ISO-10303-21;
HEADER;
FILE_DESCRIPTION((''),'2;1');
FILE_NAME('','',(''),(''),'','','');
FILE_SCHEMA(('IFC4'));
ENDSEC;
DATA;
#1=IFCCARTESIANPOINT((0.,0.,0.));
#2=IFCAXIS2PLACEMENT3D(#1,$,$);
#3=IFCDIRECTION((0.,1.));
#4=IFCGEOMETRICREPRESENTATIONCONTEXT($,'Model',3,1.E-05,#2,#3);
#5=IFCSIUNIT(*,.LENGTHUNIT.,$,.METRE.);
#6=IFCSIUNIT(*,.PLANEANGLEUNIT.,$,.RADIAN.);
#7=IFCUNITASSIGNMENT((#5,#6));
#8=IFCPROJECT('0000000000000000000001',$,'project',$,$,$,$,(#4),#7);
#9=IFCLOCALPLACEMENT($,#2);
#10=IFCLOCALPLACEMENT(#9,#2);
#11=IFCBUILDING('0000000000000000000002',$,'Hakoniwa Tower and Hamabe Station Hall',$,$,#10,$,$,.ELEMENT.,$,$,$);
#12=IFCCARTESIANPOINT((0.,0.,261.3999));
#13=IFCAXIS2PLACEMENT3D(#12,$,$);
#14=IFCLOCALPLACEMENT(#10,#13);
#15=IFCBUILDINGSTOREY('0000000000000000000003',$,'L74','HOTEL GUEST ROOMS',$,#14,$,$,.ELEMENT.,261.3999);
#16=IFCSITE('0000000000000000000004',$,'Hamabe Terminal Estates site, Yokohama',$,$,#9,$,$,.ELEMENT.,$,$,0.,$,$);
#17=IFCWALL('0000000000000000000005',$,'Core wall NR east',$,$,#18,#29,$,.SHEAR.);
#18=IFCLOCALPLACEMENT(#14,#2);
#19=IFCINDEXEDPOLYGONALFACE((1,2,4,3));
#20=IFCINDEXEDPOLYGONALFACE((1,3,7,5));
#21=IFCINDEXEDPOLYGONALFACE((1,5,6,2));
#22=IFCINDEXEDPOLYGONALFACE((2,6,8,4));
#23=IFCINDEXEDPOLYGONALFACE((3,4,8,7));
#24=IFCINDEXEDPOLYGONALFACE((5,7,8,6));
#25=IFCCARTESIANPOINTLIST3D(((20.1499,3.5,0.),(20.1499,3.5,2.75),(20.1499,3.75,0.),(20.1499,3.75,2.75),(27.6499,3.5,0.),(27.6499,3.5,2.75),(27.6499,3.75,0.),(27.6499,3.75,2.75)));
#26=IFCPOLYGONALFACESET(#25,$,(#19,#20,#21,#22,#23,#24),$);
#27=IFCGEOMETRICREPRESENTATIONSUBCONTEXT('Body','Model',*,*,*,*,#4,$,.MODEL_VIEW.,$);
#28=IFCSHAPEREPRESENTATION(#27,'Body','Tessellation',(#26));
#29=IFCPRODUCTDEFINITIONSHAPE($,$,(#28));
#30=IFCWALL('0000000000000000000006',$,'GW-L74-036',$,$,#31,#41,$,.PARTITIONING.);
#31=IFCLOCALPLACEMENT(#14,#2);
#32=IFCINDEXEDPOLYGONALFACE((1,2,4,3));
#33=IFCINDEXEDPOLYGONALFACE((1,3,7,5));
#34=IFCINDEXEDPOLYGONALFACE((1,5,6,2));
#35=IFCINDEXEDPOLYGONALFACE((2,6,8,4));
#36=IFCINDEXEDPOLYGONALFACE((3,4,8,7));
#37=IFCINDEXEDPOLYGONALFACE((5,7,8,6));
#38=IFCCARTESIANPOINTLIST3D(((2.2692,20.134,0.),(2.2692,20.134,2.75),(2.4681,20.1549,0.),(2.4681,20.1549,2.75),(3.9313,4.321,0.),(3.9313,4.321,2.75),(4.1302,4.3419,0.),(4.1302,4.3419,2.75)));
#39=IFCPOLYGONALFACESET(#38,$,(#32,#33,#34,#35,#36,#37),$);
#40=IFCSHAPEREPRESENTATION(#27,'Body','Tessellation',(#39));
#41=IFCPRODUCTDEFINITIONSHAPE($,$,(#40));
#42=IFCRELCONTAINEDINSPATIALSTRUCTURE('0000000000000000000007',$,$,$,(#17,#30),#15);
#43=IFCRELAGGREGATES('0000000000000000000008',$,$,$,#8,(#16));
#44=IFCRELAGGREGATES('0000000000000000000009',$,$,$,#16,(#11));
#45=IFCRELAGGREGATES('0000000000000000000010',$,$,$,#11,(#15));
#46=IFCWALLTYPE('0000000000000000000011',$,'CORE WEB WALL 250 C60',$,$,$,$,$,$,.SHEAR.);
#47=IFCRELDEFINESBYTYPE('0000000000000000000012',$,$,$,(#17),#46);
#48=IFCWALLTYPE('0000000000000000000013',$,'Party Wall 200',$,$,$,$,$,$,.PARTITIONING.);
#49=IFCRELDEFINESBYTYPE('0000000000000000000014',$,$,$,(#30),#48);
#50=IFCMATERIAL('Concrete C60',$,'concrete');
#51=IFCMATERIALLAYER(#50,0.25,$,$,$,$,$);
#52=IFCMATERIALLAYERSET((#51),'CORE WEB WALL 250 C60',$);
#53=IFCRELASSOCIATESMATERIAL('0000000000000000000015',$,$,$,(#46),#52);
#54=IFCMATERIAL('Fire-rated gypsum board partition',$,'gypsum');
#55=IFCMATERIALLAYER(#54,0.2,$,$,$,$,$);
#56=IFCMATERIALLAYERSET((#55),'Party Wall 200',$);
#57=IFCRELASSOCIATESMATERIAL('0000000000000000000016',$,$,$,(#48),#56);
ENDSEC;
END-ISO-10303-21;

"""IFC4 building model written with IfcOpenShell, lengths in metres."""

from ifc_helpers import new_model, si_unit, direction, frame, frame_2d, origin, place, context, subcontext, project, spatial, rectangle, extrude, material, layer, layer_set, type_object, element, save


model = new_model("IFC4")

# Units and contexts
model_context = context("Model", 3, precision=1e-05, world=origin(), true_north=direction((0.0, 1.0)))
body_context = subcontext(model_context, "Body", "Model", "MODEL_VIEW")
ifc_project = project(units=[si_unit("LENGTHUNIT", "METRE"), si_unit("PLANEANGLEUNIT", "RADIAN")], contexts=[model_context])

# Site, building, storey
site_placement = place(None, origin())
site = spatial("IfcSite", under=ifc_project, at=site_placement, Name="Hamabe Terminal Estates site, Yokohama", CompositionType="ELEMENT", RefElevation=0.0)
building_placement = place(site_placement, origin())
building = spatial("IfcBuilding", under=site, at=building_placement, Name="Hakoniwa Tower and Hamabe Station Hall", CompositionType="ELEMENT")
storey_placement = place(building_placement, frame((0.0, 0.0, 261.3999)))
storey = spatial("IfcBuildingStorey", under=building, at=storey_placement, Name="L74", Description="HOTEL GUEST ROOMS", CompositionType="ELEMENT", Elevation=261.3999)

# Shared definitions
ifc_material_1 = material(Name="Concrete C60", Category="concrete")
ifc_layer_1 = layer(ifc_material_1, 0.25)
ifc_layer_set_1 = layer_set([ifc_layer_1], Name="CORE WEB WALL 250 C60")
wall_type_1 = type_object("IfcWallType", Name="CORE WEB WALL 250 C60", PredefinedType="SHEAR", material=ifc_layer_set_1)

# Walls
wall_1_placement = place(storey_placement, frame((20.1499, 3.625, 0.0), z_axis=(0.0, 0.0, 1.0), x_axis=(1.0, 0.0, 0.0)))
element("IfcWall", 1, at=wall_1_placement, inside=storey, type_object=wall_type_1, Name="Core wall NR east", PredefinedType="SHEAR", context=body_context, shape_type="SweptSolid", body=[
    extrude(rectangle(XDim=7.5, YDim=0.25, at=frame_2d((3.75, 0.0))), origin(), (0.0, 0.0, 1.0), 2.75),
])
ifc_material_2 = material(Name="Fire-rated gypsum board partition", Category="gypsum")
ifc_layer_2 = layer(ifc_material_2, 0.2)
ifc_layer_set_2 = layer_set([ifc_layer_2], Name="Party Wall 200")
wall_type_2 = type_object("IfcWallType", Name="Party Wall 200", PredefinedType="PARTITIONING", material=ifc_layer_set_2)
wall_2_placement = place(storey_placement, frame((4.0308, 4.3313, 0.0), z_axis=(0.0, 0.0, 1.0), x_axis=(-0.104535, 0.994521, 0.0)))
element("IfcWall", 2, at=wall_2_placement, inside=storey, type_object=wall_type_2, Name="GW-L74-036", PredefinedType="PARTITIONING", context=body_context, shape_type="SweptSolid", body=[
    extrude(rectangle(XDim=15.9001, YDim=0.2, at=frame_2d((7.9502, 0.0))), origin(), (0.0, 0.0, 1.0), 2.75),
])

save(model, "model.ifc")
